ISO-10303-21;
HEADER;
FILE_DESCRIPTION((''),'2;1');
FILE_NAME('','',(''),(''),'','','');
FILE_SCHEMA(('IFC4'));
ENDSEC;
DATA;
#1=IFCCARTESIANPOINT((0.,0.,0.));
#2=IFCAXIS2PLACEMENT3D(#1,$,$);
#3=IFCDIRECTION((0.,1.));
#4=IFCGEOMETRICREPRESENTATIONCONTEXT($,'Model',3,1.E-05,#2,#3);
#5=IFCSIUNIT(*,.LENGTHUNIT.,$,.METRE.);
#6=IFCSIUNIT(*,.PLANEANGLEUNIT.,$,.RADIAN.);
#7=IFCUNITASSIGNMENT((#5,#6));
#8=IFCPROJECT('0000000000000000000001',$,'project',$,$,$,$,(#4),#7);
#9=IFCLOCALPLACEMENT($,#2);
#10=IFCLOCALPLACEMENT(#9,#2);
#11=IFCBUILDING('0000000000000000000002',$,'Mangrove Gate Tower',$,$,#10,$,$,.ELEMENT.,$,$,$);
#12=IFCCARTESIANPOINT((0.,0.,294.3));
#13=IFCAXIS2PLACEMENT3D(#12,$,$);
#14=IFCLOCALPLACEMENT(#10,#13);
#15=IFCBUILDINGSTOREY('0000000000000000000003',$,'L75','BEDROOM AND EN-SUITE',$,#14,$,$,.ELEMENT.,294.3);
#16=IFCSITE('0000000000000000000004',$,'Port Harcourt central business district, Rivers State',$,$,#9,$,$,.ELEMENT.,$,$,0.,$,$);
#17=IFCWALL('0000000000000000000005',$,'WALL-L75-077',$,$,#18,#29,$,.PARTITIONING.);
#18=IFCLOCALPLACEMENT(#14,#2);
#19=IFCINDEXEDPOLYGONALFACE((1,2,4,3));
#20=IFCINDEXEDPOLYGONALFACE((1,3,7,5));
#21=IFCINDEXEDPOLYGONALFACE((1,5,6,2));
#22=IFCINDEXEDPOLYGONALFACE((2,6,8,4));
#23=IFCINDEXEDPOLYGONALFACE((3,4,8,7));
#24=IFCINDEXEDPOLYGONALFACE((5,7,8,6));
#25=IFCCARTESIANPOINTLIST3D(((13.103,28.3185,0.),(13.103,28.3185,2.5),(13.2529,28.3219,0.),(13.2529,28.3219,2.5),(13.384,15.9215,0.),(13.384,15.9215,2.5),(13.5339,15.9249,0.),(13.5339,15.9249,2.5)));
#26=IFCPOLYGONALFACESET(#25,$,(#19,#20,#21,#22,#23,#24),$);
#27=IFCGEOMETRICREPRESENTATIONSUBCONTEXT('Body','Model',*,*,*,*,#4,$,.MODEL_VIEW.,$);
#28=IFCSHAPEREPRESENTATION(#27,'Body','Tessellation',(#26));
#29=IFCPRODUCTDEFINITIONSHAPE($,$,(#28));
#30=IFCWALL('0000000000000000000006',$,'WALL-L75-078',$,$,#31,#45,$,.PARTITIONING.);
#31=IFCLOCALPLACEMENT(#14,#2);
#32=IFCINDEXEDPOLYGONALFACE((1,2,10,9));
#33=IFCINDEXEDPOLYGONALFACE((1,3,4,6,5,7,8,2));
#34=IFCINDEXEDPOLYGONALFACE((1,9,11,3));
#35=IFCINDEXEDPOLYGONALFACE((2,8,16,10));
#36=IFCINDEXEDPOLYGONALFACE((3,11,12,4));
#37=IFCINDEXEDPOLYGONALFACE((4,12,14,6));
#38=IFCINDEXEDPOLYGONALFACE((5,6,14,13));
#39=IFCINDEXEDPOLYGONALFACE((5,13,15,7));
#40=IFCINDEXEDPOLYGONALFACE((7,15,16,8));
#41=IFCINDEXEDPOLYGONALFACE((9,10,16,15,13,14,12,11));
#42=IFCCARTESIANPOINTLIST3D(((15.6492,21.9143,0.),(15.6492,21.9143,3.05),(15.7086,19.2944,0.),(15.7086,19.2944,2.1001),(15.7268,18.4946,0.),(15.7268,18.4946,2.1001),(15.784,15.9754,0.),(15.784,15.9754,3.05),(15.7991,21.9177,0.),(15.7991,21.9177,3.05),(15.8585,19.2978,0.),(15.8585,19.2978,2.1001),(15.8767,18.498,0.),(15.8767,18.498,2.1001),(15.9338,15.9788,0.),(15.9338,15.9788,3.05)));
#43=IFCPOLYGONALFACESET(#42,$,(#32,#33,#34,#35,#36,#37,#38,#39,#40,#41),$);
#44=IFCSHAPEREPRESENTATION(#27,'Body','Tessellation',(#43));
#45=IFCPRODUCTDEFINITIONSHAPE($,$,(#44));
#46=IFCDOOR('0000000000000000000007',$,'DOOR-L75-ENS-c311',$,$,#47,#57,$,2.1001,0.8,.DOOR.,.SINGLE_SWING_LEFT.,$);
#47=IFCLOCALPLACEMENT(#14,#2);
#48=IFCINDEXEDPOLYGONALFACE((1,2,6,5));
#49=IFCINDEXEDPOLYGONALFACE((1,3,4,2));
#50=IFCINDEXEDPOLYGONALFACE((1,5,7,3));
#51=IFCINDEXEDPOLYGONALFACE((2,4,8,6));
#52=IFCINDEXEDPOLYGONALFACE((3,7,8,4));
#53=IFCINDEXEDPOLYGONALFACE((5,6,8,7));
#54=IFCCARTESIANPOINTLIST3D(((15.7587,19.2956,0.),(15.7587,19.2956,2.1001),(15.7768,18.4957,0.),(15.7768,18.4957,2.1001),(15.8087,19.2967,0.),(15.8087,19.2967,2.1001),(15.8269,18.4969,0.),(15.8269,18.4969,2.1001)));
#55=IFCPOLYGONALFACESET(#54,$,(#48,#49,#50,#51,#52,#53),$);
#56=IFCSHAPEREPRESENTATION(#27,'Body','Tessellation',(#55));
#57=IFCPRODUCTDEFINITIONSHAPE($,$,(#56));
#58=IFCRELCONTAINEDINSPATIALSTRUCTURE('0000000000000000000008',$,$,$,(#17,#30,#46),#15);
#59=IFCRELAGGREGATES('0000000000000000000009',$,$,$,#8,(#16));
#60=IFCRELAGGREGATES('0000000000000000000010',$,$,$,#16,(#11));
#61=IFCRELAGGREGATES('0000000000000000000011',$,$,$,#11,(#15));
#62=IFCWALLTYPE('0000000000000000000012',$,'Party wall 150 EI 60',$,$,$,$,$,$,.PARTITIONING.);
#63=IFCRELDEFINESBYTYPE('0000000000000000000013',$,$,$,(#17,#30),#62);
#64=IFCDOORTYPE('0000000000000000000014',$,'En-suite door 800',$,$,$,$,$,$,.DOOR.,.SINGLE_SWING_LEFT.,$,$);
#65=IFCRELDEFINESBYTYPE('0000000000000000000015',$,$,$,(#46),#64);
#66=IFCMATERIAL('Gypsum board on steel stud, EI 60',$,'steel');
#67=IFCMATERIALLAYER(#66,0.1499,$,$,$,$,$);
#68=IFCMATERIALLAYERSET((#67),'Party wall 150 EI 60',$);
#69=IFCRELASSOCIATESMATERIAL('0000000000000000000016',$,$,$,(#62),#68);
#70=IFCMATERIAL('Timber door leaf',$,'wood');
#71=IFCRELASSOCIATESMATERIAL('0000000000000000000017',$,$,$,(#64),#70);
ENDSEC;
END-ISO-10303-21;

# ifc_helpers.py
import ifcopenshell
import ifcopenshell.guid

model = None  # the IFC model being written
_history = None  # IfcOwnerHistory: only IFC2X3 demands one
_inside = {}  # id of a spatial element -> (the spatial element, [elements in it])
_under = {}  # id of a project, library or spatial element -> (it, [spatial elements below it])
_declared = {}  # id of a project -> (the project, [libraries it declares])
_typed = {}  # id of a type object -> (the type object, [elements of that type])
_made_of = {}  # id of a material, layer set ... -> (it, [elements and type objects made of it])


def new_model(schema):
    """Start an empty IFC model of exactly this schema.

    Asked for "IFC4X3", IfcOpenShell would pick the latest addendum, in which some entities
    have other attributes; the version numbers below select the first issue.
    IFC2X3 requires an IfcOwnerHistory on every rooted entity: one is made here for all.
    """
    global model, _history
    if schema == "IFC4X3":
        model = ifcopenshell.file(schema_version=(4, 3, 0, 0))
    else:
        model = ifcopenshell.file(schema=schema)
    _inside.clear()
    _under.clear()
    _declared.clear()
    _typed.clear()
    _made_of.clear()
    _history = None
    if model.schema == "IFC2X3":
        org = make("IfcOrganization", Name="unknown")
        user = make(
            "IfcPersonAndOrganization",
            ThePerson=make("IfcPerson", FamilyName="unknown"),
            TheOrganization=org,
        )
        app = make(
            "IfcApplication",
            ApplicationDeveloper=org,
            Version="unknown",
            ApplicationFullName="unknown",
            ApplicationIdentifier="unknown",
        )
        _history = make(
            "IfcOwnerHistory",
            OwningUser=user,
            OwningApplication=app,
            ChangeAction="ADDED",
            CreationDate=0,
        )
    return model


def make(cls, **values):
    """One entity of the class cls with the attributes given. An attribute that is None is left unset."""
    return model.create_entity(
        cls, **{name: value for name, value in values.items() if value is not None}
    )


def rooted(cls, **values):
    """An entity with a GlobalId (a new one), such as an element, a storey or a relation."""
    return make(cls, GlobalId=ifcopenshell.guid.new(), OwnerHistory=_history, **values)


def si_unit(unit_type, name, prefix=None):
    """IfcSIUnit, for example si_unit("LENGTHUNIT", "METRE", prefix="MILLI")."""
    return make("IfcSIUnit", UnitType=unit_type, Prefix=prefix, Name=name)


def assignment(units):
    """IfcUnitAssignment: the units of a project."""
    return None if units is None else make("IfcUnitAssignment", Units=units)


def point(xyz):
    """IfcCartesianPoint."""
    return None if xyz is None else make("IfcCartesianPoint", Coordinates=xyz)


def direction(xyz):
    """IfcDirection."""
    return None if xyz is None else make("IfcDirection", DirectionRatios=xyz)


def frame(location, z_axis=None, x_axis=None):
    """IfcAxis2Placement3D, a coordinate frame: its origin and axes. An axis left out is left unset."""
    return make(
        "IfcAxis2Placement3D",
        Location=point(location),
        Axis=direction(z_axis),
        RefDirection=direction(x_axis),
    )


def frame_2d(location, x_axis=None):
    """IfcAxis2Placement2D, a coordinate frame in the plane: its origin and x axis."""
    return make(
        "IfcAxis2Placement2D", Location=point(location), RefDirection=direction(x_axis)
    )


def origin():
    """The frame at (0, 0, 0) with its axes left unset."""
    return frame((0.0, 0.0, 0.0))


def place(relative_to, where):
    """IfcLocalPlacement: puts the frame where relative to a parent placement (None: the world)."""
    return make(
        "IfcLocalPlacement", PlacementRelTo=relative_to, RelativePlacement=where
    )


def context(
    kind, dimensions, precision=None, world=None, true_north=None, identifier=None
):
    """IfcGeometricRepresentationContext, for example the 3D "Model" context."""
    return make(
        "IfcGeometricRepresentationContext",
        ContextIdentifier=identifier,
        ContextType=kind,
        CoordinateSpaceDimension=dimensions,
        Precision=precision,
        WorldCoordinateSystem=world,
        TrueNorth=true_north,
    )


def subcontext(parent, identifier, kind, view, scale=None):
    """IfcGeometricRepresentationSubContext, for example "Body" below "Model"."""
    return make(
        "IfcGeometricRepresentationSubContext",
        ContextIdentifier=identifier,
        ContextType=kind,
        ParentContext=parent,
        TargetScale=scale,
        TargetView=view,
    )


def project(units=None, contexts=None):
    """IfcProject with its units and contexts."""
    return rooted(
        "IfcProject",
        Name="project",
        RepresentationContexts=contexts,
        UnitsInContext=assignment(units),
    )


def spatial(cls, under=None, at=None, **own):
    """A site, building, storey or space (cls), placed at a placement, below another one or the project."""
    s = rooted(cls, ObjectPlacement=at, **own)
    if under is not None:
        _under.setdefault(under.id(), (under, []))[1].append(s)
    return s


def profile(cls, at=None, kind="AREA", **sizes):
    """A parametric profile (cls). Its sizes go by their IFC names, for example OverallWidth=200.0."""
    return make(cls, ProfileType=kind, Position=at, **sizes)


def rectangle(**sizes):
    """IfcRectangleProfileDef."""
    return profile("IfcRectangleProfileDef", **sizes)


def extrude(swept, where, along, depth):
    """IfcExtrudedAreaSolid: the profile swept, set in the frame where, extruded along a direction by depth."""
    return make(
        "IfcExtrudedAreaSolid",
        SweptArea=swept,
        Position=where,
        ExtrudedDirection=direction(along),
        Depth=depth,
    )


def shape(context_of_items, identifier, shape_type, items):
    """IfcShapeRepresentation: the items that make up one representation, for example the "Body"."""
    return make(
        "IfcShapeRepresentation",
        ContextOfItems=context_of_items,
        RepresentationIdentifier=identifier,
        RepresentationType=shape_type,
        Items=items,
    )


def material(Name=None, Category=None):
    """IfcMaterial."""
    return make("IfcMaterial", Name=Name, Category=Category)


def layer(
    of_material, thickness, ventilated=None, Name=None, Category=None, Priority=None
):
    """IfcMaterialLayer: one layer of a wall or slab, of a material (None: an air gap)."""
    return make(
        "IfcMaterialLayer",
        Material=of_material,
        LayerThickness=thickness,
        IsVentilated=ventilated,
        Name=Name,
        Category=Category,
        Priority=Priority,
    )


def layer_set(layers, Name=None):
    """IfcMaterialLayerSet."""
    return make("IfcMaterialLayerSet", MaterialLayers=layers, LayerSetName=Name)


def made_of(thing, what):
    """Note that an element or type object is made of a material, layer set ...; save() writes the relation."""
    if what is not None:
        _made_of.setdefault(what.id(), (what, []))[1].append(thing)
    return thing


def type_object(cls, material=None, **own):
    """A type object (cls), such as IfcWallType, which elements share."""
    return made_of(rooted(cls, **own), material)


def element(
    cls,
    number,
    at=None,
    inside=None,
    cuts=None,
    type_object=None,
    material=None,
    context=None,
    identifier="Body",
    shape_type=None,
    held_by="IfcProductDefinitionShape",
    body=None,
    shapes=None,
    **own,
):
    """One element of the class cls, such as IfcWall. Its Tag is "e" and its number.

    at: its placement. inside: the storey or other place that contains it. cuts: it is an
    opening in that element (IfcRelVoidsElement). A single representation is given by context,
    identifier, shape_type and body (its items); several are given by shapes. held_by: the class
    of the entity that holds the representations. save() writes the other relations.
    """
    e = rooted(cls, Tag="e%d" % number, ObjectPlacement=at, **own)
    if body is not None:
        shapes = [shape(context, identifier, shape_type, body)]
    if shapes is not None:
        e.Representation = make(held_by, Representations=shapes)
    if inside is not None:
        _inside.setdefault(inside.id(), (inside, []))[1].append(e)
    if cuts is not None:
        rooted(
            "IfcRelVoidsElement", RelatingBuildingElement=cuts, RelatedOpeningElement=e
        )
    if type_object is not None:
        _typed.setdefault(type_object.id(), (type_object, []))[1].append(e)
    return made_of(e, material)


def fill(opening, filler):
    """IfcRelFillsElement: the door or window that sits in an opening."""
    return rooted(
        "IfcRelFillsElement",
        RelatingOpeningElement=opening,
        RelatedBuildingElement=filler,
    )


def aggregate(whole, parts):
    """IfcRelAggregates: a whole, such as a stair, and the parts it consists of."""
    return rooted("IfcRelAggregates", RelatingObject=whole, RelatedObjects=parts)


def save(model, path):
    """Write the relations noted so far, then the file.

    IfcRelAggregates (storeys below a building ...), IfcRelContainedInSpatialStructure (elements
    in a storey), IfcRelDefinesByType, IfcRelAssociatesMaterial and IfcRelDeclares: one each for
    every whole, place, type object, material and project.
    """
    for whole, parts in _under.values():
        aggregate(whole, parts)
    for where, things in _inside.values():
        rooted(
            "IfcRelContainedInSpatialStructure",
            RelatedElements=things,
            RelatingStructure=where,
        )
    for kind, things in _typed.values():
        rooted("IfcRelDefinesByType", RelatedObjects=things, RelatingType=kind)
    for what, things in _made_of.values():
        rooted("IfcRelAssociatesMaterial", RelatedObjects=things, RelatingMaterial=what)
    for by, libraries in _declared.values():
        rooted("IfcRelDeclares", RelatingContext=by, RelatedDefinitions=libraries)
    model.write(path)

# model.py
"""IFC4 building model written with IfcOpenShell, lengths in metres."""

from ifc_helpers import new_model, si_unit, direction, frame, frame_2d, origin, place, context, subcontext, project, spatial, rectangle, extrude, material, layer, layer_set, type_object, element, fill, save


model = new_model("IFC4")

# Units and contexts
model_context = context("Model", 3, precision=1e-05, world=origin(), true_north=direction((0.0, 1.0)))
body_context = subcontext(model_context, "Body", "Model", "MODEL_VIEW")
ifc_project = project(units=[si_unit("LENGTHUNIT", "METRE"), si_unit("PLANEANGLEUNIT", "RADIAN")], contexts=[model_context])

# Site, building, storey
site_placement = place(None, origin())
site = spatial("IfcSite", under=ifc_project, at=site_placement, Name="Port Harcourt central business district, Rivers State", CompositionType="ELEMENT", RefElevation=0.0)
building_placement = place(site_placement, origin())
building = spatial("IfcBuilding", under=site, at=building_placement, Name="Mangrove Gate Tower", CompositionType="ELEMENT")
storey_placement = place(building_placement, frame((0.0, 0.0, 294.3)))
storey = spatial("IfcBuildingStorey", under=building, at=storey_placement, Name="L75", Description="BEDROOM AND EN-SUITE", CompositionType="ELEMENT", Elevation=294.3)

# Shared definitions
ifc_material_1 = material(Name="Gypsum board on steel stud, EI 60", Category="steel")
ifc_layer_1 = layer(ifc_material_1, 0.1499)
ifc_layer_set_1 = layer_set([ifc_layer_1], Name="Party wall 150 EI 60")
wall_type_1 = type_object("IfcWallType", Name="Party wall 150 EI 60", PredefinedType="PARTITIONING", material=ifc_layer_set_1)

# Shared definitions
ifc_material_2 = material(Name="Timber door leaf", Category="wood")
door_type_1 = type_object("IfcDoorType", Name="En-suite door 800", OperationType="SINGLE_SWING_LEFT", PredefinedType="DOOR", material=ifc_material_2)

# Wall
wall_1_placement = place(storey_placement, frame((13.459, 15.9231, 0.0), z_axis=(0.0, 0.0, 1.0), x_axis=(-0.022661, 0.999743, 0.0)))
element("IfcWall", 1, at=wall_1_placement, inside=storey, type_object=wall_type_1, Name="WALL-L75-077", PredefinedType="PARTITIONING", context=body_context, shape_type="SweptSolid", body=[
    extrude(rectangle(XDim=12.4001, YDim=0.1499, at=frame_2d((6.2002, 0.0))), origin(), (0.0, 0.0, 1.0), 2.5),
])

# Wall, opening, door
wall_2_placement = place(storey_placement, frame((15.8589, 15.9771, 0.0), z_axis=(0.0, 0.0, 1.0), x_axis=(-0.022686, 0.999743, 0.0)))
wall_2 = element("IfcWall", 2, at=wall_2_placement, inside=storey, type_object=wall_type_1, Name="WALL-L75-078", PredefinedType="PARTITIONING", context=body_context, shape_type="SweptSolid", body=[
    extrude(rectangle(XDim=5.9404, YDim=0.1499, at=frame_2d((2.9702, 0.0))), origin(), (0.0, 0.0, 1.0), 3.05),
])
opening_1_placement = place(wall_2_placement, frame((2.52, 0.0, 0.0)))
opening_1 = element("IfcOpeningElement", 3, at=opening_1_placement, cuts=wall_2, PredefinedType="OPENING", context=body_context, shape_type="SweptSolid", body=[
    extrude(rectangle(XDim=0.8, YDim=2.1001, at=frame_2d((0.3999, 1.05))), frame((0.0, 0.085, 0.0), z_axis=(0.0, -1.0, 0.0), x_axis=(1.0, 0.0, 0.0)), (0.0, 0.0, 1.0), 0.1699),
])
door_1_placement = place(opening_1_placement, origin())
door_1 = element("IfcDoor", 4, at=door_1_placement, inside=storey, type_object=door_type_1, Name="DOOR-L75-ENS-c311", OperationType="SINGLE_SWING_LEFT", OverallHeight=2.1001, OverallWidth=0.8, PredefinedType="DOOR", context=body_context, shape_type="SweptSolid", body=[
    extrude(rectangle(XDim=0.8, YDim=2.1001, at=frame_2d((0.3999, 1.05))), frame((0.0, 0.0249, 0.0), z_axis=(0.0, -1.0, 0.0), x_axis=(1.0, 0.0, 0.0)), (0.0, 0.0, 1.0), 0.05),
])
fill(opening_1, door_1)

save(model, "model.ifc")
